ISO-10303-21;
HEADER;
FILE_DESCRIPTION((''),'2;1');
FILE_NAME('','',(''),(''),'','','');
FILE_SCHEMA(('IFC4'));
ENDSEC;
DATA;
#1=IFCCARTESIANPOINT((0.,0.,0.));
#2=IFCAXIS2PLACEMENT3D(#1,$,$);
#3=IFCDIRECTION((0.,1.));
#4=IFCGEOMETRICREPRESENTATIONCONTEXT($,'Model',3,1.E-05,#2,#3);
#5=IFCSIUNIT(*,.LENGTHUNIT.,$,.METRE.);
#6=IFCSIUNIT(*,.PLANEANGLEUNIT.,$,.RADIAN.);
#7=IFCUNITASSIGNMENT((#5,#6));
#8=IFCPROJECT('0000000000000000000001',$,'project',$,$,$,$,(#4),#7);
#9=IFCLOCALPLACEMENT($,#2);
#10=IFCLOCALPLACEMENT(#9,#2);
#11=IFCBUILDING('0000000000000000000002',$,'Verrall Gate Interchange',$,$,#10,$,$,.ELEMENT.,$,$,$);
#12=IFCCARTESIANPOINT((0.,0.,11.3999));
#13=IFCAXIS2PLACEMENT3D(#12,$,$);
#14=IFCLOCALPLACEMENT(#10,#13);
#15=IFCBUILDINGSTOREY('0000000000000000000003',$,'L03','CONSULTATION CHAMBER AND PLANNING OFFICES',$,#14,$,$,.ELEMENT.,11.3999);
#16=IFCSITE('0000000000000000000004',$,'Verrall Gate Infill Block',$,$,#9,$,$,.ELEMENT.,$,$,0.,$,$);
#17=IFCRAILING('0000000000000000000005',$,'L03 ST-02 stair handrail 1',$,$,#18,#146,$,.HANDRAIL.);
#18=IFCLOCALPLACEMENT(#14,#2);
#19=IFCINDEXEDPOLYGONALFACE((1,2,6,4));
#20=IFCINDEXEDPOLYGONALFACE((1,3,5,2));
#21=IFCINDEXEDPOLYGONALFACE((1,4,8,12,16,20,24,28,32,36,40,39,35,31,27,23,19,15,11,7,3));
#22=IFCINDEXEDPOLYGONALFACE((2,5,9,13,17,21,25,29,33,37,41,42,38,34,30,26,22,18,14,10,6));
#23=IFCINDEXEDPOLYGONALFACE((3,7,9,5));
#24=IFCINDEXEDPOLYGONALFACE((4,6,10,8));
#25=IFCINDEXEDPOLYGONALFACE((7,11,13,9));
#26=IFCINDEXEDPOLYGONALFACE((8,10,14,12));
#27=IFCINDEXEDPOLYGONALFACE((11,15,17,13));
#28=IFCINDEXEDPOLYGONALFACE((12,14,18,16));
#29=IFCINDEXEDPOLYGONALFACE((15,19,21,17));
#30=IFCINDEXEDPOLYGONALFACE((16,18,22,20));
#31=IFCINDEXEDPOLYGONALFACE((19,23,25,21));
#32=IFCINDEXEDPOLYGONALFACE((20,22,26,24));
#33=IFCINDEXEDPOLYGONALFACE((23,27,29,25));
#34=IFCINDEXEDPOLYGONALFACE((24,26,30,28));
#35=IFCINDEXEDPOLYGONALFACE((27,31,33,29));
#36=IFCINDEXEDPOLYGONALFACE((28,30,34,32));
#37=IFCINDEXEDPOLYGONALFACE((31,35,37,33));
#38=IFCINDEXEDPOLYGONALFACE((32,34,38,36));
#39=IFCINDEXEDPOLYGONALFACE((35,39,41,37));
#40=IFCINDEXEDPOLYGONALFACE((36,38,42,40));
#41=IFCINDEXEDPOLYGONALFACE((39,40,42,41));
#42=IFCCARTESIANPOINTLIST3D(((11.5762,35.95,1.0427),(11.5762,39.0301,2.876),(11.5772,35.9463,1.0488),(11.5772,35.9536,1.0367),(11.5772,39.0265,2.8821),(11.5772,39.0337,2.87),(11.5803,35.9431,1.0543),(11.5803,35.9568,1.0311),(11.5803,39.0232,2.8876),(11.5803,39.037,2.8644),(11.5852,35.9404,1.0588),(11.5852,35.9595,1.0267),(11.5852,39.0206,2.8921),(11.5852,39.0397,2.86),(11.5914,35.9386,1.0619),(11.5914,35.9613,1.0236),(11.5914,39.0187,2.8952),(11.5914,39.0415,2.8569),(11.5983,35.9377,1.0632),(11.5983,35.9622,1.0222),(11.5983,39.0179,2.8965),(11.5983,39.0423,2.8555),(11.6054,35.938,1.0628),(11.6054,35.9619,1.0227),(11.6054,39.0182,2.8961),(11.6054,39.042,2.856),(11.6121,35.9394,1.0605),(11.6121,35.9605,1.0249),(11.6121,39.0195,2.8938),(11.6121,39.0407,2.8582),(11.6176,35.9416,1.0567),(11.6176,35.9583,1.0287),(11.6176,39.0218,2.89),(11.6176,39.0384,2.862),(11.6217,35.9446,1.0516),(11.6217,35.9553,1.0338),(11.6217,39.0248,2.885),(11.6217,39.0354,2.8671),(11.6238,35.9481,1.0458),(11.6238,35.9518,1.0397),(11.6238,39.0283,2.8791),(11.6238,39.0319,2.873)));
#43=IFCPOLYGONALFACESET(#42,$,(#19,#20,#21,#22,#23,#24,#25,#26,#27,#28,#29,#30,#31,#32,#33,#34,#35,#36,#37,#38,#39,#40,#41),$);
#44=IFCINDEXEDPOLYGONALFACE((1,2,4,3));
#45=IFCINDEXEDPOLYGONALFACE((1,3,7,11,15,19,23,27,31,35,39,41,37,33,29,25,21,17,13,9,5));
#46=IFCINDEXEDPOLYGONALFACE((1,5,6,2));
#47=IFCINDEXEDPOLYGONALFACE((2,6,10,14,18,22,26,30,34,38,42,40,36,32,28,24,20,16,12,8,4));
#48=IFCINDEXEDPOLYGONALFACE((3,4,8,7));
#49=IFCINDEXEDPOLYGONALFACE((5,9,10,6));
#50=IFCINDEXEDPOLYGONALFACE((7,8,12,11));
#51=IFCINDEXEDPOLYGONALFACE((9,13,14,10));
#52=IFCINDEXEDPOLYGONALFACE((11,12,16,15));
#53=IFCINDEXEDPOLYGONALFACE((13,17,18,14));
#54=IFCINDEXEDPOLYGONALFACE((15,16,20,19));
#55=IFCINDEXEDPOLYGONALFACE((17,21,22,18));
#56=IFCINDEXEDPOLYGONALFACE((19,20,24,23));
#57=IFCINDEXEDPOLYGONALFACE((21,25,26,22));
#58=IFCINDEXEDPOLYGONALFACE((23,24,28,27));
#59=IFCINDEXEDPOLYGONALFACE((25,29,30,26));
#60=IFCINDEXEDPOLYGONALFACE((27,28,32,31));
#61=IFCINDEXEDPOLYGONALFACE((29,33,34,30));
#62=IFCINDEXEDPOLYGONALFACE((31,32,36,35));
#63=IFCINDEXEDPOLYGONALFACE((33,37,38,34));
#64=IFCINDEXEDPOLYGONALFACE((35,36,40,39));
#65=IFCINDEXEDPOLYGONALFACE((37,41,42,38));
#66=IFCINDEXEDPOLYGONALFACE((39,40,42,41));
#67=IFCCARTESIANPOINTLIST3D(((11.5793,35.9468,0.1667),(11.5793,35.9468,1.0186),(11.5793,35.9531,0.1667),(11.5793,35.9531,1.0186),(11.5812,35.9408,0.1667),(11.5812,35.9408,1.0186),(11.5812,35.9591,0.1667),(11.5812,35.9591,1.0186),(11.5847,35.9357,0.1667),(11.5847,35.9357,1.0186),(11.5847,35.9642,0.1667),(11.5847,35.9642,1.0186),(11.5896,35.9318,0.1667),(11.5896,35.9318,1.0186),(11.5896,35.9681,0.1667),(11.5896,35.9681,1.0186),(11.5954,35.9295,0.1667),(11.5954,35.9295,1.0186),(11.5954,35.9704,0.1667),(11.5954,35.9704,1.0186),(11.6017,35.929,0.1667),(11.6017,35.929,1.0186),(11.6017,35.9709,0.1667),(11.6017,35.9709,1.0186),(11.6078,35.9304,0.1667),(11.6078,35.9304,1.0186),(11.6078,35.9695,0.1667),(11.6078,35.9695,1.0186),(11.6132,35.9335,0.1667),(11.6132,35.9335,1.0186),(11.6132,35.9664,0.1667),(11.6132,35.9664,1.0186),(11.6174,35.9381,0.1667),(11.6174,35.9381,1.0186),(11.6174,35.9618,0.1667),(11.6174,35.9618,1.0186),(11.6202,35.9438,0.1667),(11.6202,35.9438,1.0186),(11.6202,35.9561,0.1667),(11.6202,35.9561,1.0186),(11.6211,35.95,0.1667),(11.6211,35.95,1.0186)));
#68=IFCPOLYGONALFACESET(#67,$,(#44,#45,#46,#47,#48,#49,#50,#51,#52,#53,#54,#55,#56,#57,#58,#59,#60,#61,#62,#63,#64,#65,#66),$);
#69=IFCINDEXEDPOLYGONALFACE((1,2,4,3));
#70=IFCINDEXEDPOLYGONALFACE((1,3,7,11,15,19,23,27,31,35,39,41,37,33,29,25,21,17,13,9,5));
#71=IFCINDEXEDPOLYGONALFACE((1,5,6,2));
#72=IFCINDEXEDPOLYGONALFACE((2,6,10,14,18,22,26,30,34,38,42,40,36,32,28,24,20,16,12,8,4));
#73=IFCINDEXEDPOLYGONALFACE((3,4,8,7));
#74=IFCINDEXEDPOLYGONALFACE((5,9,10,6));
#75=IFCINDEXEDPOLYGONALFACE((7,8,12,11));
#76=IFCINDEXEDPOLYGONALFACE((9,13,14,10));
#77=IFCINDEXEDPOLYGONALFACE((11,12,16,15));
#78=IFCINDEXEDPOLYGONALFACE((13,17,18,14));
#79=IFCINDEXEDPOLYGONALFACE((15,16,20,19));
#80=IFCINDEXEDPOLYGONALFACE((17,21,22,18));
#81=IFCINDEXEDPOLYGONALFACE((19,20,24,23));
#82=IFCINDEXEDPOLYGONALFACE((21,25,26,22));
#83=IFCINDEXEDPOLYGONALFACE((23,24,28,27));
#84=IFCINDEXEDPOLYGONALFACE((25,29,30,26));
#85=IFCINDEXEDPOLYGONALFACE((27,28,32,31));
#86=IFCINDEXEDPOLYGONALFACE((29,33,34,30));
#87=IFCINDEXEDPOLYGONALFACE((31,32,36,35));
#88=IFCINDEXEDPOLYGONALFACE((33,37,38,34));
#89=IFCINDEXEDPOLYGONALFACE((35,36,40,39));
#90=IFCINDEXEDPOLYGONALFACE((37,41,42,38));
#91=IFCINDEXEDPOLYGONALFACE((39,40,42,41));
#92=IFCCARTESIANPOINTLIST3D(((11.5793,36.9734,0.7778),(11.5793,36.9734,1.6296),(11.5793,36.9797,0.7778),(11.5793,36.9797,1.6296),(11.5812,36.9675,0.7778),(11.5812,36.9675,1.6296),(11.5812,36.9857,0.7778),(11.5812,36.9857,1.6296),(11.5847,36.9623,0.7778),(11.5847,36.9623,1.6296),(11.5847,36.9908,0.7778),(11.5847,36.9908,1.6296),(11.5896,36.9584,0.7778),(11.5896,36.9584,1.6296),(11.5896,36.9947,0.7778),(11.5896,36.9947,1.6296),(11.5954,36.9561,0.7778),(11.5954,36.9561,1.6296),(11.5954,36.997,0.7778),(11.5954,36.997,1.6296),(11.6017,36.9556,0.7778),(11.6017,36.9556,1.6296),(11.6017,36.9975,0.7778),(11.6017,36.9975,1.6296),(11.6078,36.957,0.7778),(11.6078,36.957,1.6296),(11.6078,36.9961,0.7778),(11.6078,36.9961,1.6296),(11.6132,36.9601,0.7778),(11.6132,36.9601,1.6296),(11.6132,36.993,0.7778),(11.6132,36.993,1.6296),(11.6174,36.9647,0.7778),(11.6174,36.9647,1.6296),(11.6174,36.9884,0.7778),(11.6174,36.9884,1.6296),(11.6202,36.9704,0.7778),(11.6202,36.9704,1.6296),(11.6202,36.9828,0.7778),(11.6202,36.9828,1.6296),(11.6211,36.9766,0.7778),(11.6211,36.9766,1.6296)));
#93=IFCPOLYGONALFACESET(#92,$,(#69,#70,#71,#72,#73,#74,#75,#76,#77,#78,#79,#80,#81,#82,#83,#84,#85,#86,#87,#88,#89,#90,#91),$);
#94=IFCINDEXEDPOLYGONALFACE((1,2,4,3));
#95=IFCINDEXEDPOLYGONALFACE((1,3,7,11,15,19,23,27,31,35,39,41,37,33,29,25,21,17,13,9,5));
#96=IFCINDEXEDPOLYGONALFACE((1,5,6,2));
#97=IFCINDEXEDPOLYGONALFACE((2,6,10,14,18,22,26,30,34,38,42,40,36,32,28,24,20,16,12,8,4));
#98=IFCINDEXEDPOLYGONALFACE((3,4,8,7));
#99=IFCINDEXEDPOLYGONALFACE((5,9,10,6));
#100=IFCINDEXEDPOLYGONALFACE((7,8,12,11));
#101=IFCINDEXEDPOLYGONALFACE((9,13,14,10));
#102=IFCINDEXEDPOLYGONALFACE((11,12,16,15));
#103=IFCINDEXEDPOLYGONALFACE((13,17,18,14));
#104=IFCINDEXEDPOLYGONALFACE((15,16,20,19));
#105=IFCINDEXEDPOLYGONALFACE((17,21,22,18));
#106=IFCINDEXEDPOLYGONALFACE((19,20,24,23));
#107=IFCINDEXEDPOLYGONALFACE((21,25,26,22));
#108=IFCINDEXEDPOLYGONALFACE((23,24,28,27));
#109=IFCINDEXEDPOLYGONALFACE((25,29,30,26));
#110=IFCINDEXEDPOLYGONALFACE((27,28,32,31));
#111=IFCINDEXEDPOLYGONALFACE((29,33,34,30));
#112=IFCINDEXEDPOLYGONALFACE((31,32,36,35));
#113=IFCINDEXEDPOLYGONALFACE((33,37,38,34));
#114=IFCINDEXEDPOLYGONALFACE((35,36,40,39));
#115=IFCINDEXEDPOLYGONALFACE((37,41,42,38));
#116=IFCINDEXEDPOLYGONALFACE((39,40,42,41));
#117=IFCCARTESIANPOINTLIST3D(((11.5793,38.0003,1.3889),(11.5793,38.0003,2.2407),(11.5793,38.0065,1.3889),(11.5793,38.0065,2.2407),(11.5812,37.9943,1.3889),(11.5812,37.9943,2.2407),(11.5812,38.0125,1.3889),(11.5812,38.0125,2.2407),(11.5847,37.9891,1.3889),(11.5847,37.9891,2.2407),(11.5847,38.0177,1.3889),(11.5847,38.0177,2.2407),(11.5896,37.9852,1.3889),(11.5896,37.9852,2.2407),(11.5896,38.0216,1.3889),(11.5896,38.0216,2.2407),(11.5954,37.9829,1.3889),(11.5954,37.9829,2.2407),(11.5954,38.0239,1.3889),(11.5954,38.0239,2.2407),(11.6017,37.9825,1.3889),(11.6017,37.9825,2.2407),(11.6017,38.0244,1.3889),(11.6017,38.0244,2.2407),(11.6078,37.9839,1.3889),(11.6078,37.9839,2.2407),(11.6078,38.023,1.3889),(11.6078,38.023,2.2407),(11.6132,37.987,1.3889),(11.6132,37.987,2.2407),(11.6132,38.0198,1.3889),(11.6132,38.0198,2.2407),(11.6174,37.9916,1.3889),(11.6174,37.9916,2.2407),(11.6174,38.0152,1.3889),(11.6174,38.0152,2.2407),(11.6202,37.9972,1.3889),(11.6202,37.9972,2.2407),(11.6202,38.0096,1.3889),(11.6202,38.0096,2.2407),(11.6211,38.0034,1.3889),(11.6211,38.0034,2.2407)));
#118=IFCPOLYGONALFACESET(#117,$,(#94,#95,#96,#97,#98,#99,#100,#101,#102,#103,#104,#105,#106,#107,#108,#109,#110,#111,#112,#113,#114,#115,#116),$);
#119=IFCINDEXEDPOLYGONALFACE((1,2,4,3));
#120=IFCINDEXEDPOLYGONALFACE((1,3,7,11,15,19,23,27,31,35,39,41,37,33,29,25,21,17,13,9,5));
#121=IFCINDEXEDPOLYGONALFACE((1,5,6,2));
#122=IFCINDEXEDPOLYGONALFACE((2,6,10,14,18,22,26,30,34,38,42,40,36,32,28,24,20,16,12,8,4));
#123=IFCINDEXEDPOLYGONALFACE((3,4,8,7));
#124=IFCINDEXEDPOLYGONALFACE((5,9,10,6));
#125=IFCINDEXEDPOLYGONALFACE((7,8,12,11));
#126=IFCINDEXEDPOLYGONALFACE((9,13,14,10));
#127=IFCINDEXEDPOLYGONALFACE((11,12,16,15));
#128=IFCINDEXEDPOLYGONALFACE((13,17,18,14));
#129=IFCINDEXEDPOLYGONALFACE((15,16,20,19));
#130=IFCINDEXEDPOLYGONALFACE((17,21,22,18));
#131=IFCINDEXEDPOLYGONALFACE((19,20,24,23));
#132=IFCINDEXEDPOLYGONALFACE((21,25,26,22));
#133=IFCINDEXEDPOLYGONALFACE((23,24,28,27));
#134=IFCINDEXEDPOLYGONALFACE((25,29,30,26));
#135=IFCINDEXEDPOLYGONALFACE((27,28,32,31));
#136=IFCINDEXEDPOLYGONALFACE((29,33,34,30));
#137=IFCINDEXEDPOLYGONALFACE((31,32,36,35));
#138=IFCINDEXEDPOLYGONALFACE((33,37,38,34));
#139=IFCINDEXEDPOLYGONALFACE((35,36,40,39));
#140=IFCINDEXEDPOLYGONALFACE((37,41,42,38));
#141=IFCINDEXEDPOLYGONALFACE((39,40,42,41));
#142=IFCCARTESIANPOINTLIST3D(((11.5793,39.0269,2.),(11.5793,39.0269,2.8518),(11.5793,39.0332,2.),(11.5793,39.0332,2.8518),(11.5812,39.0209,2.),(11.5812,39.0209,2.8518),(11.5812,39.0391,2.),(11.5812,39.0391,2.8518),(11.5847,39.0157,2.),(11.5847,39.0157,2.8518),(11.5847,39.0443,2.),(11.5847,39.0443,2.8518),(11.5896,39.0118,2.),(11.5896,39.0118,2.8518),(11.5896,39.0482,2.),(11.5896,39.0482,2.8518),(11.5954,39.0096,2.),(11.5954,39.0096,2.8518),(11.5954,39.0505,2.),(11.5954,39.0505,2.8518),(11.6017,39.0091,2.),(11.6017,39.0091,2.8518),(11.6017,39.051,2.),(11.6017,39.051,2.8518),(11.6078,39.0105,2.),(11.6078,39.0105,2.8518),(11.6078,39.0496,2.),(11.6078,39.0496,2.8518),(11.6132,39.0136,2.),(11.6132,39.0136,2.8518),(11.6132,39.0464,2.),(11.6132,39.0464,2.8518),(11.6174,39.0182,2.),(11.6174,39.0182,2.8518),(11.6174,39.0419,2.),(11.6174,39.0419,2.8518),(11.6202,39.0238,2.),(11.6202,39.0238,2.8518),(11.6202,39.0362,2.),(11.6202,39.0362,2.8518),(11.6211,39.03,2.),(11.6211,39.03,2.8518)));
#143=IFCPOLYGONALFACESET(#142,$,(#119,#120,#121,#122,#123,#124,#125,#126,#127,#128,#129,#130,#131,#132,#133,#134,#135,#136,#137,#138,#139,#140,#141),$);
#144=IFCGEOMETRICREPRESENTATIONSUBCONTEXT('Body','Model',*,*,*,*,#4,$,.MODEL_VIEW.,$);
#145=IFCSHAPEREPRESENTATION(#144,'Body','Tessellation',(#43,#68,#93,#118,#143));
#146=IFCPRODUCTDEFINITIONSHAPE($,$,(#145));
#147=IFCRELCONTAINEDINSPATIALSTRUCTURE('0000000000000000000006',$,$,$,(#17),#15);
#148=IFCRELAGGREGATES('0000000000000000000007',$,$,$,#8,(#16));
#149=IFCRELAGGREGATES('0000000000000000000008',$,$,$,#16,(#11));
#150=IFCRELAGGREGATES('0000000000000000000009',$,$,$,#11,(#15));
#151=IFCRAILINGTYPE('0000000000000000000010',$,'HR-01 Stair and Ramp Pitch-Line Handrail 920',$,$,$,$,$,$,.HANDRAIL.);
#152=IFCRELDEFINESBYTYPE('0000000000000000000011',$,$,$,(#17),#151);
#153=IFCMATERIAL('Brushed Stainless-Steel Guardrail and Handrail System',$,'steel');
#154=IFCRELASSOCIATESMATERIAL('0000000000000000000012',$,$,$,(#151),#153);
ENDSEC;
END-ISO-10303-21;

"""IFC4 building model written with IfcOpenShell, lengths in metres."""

from ifc_helpers import new_model, si_unit, direction, frame, origin, origin_2d, place, context, subcontext, project, spatial, circle, extrude, material, type_object, element, save


model = new_model("IFC4")

# Units and contexts
model_context = context("Model", 3, precision=1e-05, world=origin(), true_north=direction((0.0, 1.0)))
body_context = subcontext(model_context, "Body", "Model", "MODEL_VIEW")
ifc_project = project(units=[si_unit("LENGTHUNIT", "METRE"), si_unit("PLANEANGLEUNIT", "RADIAN")], contexts=[model_context])

# Site, building, storey
site_placement = place(None, origin())
site = spatial("IfcSite", under=ifc_project, at=site_placement, Name="Verrall Gate Infill Block", CompositionType="ELEMENT", RefElevation=0.0)
building_placement = place(site_placement, origin())
building = spatial("IfcBuilding", under=site, at=building_placement, Name="Verrall Gate Interchange", CompositionType="ELEMENT")
storey_placement = place(building_placement, frame((0.0, 0.0, 11.3999)))
storey = spatial("IfcBuildingStorey", under=building, at=storey_placement, Name="L03", Description="CONSULTATION CHAMBER AND PLANNING OFFICES", CompositionType="ELEMENT", Elevation=11.3999)

# Railing
ifc_material_1 = material(Name="Brushed Stainless-Steel Guardrail and Handrail System", Category="steel")
railing_type_1 = type_object("IfcRailingType", Name="HR-01 Stair and Ramp Pitch-Line Handrail 920", PredefinedType="HANDRAIL", material=ifc_material_1)
railing_1_placement = place(storey_placement, frame((11.6001, 35.95, 0.1667)))
element("IfcRailing", 1, at=railing_1_placement, inside=storey, type_object=railing_type_1, Name="L03 ST-02 stair handrail 1", PredefinedType="HANDRAIL", context=body_context, shape_type="SweptSolid", body=[
    extrude(circle(Radius=0.0239, at=origin_2d()), frame((0.0, 0.0, 0.876), z_axis=(0.0, 0.859309, 0.511458), x_axis=(-1.0, 0.0, 0.0)), (0.0, 0.0, 1.0), 3.5845),
    extrude(circle(Radius=0.021, at=origin_2d()), origin(), (0.0, 0.0, 1.0), 0.8518),
    extrude(circle(Radius=0.021, at=origin_2d()), frame((0.0, 1.0266, 0.6111)), (0.0, 0.0, 1.0), 0.8518),
    extrude(circle(Radius=0.021, at=origin_2d()), frame((0.0, 2.0535, 1.2222)), (0.0, 0.0, 1.0), 0.8518),
    extrude(circle(Radius=0.021, at=origin_2d()), frame((0.0, 3.0801, 1.8333)), (0.0, 0.0, 1.0), 0.8518),
])

save(model, "model.ifc")
